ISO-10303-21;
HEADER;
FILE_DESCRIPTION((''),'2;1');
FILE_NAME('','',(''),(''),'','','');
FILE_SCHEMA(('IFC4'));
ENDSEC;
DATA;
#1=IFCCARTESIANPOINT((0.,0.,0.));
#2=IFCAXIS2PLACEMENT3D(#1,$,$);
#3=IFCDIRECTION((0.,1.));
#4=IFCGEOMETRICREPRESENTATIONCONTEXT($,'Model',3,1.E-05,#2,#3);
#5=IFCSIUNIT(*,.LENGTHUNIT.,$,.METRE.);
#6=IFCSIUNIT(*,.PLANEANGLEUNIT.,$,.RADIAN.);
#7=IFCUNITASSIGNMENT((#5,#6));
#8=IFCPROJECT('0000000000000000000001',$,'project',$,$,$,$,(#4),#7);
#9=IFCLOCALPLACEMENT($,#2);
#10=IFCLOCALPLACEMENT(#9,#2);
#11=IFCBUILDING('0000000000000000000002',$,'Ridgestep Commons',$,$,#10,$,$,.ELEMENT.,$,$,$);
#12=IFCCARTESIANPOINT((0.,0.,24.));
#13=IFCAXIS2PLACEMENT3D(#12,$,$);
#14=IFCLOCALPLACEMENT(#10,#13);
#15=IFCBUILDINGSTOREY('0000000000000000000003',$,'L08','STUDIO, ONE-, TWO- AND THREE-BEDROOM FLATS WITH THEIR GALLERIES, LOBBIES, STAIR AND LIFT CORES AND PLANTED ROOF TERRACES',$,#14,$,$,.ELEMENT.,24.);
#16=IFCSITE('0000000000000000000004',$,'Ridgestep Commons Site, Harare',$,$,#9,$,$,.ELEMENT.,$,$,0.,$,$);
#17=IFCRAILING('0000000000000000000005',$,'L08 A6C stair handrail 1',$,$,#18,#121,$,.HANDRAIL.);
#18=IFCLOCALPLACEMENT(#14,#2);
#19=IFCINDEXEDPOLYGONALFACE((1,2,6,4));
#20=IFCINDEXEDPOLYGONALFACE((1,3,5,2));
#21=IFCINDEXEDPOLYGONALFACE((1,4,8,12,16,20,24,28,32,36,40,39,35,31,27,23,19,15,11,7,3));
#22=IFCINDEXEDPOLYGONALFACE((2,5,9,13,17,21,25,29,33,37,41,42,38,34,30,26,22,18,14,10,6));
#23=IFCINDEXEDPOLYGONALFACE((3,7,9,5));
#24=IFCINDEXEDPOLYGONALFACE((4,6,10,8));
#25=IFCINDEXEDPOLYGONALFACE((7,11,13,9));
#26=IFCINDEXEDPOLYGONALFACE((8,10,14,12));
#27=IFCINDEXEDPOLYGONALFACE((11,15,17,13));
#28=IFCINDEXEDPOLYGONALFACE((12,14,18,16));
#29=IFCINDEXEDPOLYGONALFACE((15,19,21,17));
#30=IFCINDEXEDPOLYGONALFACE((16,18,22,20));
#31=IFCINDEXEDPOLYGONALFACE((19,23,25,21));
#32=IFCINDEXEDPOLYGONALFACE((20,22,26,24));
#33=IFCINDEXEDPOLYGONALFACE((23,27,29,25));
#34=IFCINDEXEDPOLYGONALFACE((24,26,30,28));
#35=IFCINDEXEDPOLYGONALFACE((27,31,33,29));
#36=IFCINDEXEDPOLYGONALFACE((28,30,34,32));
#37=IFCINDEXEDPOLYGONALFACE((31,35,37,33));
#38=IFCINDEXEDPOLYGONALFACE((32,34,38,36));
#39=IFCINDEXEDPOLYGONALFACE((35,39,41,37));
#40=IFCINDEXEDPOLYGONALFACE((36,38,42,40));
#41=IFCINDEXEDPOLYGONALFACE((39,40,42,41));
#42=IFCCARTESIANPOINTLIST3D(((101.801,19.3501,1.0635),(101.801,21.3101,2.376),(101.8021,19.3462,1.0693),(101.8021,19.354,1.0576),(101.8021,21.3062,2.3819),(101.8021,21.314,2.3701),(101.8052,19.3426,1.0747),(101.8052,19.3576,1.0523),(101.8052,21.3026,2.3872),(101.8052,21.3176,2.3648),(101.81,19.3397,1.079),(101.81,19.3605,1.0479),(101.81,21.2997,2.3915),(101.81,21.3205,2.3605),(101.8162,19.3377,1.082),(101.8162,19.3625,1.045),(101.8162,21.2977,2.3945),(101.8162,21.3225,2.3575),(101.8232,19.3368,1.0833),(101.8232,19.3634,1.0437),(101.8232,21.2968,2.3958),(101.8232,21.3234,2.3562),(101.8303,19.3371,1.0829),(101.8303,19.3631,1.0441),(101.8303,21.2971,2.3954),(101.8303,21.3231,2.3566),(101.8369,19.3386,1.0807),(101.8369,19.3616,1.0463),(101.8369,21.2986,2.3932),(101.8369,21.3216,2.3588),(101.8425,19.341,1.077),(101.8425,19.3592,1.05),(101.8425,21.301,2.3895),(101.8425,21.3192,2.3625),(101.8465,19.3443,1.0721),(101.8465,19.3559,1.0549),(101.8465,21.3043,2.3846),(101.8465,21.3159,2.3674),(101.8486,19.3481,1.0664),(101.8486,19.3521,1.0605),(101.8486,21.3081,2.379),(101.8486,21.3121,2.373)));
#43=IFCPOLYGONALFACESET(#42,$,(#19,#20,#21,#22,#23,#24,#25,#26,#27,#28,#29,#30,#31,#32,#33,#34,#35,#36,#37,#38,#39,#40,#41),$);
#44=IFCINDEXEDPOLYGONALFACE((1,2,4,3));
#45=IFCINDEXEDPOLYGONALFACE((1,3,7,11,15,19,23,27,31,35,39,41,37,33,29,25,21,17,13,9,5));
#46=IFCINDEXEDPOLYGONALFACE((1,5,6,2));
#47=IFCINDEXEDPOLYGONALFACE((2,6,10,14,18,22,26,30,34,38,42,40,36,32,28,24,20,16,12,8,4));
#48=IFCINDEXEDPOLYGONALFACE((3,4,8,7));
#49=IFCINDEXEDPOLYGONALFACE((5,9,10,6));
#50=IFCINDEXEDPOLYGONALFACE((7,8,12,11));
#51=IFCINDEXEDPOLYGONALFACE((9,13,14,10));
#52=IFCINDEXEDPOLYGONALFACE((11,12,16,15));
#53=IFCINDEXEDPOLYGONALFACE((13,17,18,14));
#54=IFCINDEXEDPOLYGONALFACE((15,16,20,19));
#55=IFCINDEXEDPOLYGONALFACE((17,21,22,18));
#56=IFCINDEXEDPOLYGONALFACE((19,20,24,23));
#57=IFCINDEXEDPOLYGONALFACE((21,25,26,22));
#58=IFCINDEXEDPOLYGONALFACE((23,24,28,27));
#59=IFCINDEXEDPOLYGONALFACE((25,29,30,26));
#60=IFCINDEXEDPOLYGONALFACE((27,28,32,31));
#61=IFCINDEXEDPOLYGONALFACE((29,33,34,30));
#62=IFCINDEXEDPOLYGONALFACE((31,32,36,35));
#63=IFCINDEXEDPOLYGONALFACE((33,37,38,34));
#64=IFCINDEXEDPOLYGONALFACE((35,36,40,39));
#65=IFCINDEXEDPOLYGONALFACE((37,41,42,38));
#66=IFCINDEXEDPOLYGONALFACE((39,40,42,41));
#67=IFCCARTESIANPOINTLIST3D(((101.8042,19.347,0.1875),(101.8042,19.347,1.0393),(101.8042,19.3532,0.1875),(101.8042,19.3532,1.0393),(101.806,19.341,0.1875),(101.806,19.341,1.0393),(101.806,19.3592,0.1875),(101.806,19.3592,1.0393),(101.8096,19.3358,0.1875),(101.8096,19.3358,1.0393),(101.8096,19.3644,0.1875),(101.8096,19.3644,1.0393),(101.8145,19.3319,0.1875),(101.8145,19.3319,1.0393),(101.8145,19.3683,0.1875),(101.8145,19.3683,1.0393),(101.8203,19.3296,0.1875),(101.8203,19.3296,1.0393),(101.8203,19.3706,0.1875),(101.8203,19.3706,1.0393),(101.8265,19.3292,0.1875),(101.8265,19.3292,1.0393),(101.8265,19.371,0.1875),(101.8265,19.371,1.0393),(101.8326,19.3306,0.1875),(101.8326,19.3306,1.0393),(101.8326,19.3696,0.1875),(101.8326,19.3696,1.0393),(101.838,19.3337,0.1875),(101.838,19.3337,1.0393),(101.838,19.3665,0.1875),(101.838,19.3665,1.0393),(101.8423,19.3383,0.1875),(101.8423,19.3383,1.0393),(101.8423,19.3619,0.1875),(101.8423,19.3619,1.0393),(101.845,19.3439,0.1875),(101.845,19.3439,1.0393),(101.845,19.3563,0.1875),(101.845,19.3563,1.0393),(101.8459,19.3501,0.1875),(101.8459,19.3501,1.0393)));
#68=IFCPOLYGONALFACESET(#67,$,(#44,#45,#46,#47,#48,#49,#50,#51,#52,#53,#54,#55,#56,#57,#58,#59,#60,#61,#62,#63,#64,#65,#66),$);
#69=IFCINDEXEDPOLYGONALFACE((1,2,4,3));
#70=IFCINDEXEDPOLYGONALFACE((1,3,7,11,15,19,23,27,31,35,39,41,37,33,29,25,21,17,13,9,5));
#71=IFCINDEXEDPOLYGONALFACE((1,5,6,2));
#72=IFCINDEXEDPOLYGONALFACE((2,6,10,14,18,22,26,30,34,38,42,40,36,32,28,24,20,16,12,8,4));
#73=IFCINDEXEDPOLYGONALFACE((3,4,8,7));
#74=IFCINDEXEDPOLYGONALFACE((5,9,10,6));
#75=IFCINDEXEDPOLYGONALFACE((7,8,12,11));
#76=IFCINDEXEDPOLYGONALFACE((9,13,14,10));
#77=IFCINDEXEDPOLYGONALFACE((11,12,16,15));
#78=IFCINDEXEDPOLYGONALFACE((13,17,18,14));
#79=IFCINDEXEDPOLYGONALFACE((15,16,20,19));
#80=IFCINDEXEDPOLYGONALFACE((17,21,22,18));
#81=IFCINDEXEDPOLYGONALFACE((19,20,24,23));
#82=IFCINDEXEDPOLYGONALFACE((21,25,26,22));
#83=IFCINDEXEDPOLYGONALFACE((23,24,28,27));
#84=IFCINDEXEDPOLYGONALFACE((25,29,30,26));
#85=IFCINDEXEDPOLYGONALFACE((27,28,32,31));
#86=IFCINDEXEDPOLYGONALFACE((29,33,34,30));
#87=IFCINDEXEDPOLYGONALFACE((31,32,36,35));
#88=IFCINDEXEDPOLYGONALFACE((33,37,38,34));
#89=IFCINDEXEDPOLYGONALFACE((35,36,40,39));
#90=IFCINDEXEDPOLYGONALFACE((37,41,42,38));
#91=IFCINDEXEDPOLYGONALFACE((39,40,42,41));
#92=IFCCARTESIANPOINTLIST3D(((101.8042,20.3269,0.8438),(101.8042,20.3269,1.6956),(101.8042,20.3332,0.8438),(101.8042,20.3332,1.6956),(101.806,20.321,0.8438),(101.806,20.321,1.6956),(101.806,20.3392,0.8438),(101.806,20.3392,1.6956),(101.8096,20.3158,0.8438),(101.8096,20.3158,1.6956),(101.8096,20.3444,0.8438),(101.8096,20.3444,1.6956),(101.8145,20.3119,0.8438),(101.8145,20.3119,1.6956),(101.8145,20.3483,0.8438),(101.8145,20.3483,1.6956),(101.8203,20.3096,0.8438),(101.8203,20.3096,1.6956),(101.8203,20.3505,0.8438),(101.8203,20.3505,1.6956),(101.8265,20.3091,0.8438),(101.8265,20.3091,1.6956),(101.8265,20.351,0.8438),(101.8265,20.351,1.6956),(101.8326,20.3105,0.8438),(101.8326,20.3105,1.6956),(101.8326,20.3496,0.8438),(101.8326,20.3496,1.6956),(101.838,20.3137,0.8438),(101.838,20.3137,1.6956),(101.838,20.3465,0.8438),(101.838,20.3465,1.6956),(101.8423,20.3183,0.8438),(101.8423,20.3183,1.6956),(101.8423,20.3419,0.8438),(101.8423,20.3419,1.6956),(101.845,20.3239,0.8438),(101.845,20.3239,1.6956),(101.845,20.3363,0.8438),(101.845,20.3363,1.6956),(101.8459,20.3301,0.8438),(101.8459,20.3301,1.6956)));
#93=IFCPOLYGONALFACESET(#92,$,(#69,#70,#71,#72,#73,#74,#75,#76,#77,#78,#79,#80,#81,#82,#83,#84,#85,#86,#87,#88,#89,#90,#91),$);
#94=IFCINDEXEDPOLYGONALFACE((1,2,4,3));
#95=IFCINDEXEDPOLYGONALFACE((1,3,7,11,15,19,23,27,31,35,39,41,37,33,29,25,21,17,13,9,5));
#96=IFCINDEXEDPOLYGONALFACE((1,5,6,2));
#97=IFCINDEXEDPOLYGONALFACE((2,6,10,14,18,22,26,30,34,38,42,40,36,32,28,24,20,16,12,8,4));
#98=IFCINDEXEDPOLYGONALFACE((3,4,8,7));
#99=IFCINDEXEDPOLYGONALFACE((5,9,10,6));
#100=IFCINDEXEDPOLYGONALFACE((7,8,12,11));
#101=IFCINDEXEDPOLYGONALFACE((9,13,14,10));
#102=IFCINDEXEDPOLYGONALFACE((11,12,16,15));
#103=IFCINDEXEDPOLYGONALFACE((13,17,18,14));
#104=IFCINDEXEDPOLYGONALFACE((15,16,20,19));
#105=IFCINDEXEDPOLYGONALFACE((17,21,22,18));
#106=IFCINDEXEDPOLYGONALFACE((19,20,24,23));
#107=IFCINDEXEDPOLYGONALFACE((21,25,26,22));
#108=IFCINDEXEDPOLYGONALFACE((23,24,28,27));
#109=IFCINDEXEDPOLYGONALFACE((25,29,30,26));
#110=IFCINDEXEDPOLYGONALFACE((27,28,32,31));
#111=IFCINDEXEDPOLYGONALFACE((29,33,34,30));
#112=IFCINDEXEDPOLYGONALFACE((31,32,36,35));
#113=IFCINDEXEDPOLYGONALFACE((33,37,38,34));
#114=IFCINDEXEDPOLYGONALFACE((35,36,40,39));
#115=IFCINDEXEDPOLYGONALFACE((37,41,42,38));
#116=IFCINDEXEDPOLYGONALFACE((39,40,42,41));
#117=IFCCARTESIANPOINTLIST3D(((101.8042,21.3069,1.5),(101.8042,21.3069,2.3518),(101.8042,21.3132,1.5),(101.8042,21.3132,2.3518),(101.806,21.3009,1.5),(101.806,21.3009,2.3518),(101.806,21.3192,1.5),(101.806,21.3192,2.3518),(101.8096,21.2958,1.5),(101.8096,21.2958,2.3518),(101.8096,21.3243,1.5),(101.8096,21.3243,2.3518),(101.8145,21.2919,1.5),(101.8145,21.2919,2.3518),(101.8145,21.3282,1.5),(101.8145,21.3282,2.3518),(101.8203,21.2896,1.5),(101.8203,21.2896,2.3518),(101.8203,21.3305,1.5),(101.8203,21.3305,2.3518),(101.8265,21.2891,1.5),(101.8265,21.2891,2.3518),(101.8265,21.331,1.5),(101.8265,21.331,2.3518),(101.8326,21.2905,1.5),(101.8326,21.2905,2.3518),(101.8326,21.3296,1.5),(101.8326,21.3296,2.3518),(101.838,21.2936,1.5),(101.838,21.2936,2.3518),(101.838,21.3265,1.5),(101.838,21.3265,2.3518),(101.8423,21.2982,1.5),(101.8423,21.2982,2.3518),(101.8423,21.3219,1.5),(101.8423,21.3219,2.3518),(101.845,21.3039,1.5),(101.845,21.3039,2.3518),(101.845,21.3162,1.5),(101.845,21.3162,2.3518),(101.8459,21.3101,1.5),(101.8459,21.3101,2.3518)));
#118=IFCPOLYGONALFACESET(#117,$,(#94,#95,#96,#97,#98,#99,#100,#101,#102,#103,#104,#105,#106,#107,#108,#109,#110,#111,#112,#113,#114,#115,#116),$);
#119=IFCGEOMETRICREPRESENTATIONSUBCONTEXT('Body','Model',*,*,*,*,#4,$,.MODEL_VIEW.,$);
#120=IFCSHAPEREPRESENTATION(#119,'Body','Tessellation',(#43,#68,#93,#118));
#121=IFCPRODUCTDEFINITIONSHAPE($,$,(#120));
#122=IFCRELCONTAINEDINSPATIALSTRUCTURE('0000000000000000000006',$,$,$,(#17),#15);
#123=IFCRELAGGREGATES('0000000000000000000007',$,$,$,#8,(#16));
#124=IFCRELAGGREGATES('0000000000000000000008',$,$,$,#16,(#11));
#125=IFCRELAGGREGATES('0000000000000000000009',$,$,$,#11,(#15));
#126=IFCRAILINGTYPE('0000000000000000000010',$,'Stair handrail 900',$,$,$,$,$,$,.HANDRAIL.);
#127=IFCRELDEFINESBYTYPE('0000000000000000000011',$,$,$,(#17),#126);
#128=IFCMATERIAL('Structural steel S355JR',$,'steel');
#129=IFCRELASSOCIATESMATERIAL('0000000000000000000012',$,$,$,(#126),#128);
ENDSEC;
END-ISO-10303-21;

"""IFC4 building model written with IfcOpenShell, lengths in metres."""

from ifc_helpers import new_model, si_unit, direction, frame, origin, origin_2d, place, context, subcontext, project, spatial, circle, extrude, material, type_object, element, save


model = new_model("IFC4")

# Units and contexts
model_context = context("Model", 3, precision=1e-05, world=origin(), true_north=direction((0.0, 1.0)))
body_context = subcontext(model_context, "Body", "Model", "MODEL_VIEW")
ifc_project = project(units=[si_unit("LENGTHUNIT", "METRE"), si_unit("PLANEANGLEUNIT", "RADIAN")], contexts=[model_context])

# Site, building, storey
site_placement = place(None, origin())
site = spatial("IfcSite", under=ifc_project, at=site_placement, Name="Ridgestep Commons Site, Harare", CompositionType="ELEMENT", RefElevation=0.0)
building_placement = place(site_placement, origin())
building = spatial("IfcBuilding", under=site, at=building_placement, Name="Ridgestep Commons", CompositionType="ELEMENT")
storey_placement = place(building_placement, frame((0.0, 0.0, 24.0)))
storey = spatial("IfcBuildingStorey", under=building, at=storey_placement, Name="L08", Description="STUDIO, ONE-, TWO- AND THREE-BEDROOM FLATS WITH THEIR GALLERIES, LOBBIES, STAIR AND LIFT CORES AND PLANTED ROOF TERRACES", CompositionType="ELEMENT", Elevation=24.0)

# Railing
ifc_material_1 = material(Name="Structural steel S355JR", Category="steel")
railing_type_1 = type_object("IfcRailingType", Name="Stair handrail 900", PredefinedType="HANDRAIL", material=ifc_material_1)
railing_1_placement = place(storey_placement, frame((101.825, 19.3501, 0.1875)))
element("IfcRailing", 1, at=railing_1_placement, inside=storey, type_object=railing_type_1, Name="L08 A6C stair handrail 1", PredefinedType="HANDRAIL", context=body_context, shape_type="SweptSolid", body=[
    extrude(circle(Radius=0.0239, at=origin_2d()), frame((0.0, 0.0, 0.876), z_axis=(0.0, 0.830902, 0.556419), x_axis=(-1.0, 0.0, 0.0)), (0.0, 0.0, 1.0), 2.3589),
    extrude(circle(Radius=0.021, at=origin_2d()), origin(), (0.0, 0.0, 1.0), 0.8518),
    extrude(circle(Radius=0.021, at=origin_2d()), frame((0.0, 0.98, 0.6562)), (0.0, 0.0, 1.0), 0.8518),
    extrude(circle(Radius=0.021, at=origin_2d()), frame((0.0, 1.96, 1.3125)), (0.0, 0.0, 1.0), 0.8518),
])

save(model, "model.ifc")
